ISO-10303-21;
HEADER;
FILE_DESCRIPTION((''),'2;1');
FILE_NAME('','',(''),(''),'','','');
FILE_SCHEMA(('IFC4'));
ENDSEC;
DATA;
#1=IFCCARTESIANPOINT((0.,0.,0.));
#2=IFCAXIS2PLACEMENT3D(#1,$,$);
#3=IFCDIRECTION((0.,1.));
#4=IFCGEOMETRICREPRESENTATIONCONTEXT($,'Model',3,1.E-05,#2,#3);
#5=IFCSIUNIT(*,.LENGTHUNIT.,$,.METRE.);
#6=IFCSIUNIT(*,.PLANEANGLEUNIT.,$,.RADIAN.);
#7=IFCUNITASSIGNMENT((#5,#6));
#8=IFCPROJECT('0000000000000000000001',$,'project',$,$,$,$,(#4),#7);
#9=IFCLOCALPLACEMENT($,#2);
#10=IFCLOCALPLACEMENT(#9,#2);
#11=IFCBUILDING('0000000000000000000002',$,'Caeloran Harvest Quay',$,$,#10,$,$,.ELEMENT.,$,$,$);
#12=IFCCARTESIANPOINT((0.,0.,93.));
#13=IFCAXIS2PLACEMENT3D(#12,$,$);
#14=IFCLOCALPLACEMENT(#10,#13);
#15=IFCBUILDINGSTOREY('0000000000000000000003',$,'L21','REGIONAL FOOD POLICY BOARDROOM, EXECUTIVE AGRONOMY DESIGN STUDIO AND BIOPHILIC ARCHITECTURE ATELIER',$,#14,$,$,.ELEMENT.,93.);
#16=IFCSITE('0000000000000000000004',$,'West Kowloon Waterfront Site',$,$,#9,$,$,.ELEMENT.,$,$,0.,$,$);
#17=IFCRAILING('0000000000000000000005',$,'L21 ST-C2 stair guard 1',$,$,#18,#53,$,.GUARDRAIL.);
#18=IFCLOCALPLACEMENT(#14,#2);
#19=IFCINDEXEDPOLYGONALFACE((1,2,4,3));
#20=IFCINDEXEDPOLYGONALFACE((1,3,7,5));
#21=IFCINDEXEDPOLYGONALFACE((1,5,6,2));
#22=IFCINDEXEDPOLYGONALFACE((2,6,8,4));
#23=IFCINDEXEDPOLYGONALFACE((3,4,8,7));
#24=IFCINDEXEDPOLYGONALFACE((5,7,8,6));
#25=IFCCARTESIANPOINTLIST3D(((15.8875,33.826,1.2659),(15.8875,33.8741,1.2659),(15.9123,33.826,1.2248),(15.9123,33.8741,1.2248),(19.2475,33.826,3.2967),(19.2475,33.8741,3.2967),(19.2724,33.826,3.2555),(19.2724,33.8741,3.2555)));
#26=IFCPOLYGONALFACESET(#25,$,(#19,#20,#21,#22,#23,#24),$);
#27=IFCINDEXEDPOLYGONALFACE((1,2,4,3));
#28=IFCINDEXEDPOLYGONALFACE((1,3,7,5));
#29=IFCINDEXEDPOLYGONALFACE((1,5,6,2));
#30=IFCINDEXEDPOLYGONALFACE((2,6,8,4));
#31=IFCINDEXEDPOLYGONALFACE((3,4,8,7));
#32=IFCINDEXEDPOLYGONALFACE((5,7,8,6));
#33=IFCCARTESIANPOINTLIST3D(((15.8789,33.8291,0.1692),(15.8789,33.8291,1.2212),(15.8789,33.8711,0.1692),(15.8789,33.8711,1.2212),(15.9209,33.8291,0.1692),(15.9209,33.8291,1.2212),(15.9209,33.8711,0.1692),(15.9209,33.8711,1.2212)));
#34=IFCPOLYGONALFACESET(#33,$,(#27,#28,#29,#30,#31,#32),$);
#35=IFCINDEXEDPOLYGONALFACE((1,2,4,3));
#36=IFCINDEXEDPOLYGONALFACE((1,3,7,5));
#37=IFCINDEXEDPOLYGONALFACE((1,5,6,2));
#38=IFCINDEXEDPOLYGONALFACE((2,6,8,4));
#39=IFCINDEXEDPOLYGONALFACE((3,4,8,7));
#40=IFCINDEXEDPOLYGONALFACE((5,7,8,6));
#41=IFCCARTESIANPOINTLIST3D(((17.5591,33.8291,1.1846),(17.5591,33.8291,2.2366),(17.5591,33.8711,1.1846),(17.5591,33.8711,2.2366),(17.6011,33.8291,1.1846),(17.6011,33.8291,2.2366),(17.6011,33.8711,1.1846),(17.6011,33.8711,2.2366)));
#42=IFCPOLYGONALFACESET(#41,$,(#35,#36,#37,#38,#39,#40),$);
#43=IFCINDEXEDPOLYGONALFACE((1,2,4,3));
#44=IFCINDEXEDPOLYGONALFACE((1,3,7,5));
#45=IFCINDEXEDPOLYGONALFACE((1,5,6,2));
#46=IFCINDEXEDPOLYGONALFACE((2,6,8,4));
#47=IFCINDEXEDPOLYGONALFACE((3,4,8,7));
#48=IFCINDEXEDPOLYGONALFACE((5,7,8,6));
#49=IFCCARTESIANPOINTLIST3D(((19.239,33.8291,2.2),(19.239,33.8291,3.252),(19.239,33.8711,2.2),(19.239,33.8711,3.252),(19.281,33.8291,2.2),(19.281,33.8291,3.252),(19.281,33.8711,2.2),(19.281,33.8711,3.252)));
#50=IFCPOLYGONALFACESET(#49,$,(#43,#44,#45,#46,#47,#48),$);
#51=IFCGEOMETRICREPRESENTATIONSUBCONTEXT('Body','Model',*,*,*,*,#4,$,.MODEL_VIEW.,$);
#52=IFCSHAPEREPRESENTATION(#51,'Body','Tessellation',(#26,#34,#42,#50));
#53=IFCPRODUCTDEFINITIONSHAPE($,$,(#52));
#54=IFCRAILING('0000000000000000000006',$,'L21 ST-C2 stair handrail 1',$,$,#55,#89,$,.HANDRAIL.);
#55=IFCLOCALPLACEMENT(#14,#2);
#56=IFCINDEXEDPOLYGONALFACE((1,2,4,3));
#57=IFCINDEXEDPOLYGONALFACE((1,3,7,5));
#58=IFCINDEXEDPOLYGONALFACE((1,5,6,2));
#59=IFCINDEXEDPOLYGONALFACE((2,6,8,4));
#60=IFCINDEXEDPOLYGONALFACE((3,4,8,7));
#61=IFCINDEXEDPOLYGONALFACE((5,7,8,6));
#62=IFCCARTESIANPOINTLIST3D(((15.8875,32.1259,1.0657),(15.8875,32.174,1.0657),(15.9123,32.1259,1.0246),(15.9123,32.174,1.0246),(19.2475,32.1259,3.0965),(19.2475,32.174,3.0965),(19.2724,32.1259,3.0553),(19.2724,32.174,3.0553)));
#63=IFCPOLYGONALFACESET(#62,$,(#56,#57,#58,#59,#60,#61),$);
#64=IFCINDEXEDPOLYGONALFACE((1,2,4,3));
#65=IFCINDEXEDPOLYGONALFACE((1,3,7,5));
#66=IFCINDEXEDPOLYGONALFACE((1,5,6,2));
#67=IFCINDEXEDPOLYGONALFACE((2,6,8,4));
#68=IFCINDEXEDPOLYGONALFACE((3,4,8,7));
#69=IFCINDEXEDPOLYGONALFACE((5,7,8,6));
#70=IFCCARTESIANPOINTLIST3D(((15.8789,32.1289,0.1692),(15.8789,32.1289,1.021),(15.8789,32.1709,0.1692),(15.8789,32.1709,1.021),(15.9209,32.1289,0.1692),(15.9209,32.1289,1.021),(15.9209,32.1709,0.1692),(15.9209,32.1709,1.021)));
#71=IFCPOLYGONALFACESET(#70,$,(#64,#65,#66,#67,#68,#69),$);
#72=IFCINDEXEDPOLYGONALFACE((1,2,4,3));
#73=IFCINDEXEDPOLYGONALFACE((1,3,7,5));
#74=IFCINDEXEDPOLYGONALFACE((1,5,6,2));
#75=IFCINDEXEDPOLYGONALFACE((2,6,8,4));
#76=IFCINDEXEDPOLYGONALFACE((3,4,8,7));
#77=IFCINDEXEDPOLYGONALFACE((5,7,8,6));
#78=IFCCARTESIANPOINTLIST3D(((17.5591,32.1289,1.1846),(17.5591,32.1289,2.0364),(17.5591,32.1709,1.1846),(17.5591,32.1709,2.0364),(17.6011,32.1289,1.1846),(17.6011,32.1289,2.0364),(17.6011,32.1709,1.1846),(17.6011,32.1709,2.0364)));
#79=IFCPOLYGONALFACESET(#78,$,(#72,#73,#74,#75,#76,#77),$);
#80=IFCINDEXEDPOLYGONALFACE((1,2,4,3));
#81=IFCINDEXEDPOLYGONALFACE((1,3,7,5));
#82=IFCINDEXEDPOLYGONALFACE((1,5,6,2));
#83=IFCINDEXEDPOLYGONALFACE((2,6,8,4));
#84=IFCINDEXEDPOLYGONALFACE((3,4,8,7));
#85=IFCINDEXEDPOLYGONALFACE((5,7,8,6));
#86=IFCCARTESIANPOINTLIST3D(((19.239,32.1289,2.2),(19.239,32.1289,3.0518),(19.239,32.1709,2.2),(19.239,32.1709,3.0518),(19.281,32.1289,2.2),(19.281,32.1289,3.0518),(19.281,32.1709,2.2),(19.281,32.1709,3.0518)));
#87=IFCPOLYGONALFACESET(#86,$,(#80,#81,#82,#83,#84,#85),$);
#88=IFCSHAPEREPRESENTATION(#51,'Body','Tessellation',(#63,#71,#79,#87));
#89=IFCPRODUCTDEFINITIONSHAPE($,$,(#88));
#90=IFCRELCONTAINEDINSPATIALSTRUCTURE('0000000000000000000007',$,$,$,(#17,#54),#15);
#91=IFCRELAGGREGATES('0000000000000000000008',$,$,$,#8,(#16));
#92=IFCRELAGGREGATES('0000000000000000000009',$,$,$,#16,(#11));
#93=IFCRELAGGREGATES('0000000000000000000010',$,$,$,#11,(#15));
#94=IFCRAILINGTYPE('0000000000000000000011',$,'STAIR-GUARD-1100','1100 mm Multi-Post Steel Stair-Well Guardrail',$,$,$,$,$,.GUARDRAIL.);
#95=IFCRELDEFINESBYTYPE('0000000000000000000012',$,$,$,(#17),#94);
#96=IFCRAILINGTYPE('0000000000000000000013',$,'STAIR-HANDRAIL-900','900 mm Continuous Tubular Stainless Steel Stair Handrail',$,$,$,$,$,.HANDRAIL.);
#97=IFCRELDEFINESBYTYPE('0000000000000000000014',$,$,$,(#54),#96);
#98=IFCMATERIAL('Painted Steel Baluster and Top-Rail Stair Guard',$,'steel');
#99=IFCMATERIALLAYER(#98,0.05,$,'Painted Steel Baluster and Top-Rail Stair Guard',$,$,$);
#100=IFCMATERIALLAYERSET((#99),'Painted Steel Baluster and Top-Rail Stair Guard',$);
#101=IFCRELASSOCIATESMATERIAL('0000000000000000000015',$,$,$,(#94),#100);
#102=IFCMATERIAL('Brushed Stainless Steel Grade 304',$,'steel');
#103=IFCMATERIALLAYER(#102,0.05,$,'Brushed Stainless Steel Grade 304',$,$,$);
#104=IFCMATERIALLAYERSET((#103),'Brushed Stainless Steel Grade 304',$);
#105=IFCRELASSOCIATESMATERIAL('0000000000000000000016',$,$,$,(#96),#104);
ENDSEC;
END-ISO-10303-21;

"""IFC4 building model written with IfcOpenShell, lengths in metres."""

from ifc_helpers import new_model, si_unit, direction, frame, origin, origin_2d, place, context, subcontext, project, spatial, rectangle, extrude, material, layer, layer_set, type_object, element, save


model = new_model("IFC4")

# Units and contexts
model_context = context("Model", 3, precision=1e-05, world=origin(), true_north=direction((0.0, 1.0)))
body_context = subcontext(model_context, "Body", "Model", "MODEL_VIEW")
ifc_project = project(units=[si_unit("LENGTHUNIT", "METRE"), si_unit("PLANEANGLEUNIT", "RADIAN")], contexts=[model_context])

# Site, building, storey
site_placement = place(None, origin())
site = spatial("IfcSite", under=ifc_project, at=site_placement, Name="West Kowloon Waterfront Site", CompositionType="ELEMENT", RefElevation=0.0)
building_placement = place(site_placement, origin())
building = spatial("IfcBuilding", under=site, at=building_placement, Name="Caeloran Harvest Quay", CompositionType="ELEMENT")
storey_placement = place(building_placement, frame((0.0, 0.0, 93.0)))
storey = spatial("IfcBuildingStorey", under=building, at=storey_placement, Name="L21", Description="REGIONAL FOOD POLICY BOARDROOM, EXECUTIVE AGRONOMY DESIGN STUDIO AND BIOPHILIC ARCHITECTURE ATELIER", CompositionType="ELEMENT", Elevation=93.0)

# Railings
ifc_material_1 = material(Name="Painted Steel Baluster and Top-Rail Stair Guard", Category="steel")
ifc_layer_1 = layer(ifc_material_1, 0.05, Name="Painted Steel Baluster and Top-Rail Stair Guard")
ifc_layer_set_1 = layer_set([ifc_layer_1], Name="Painted Steel Baluster and Top-Rail Stair Guard")
railing_type_1 = type_object("IfcRailingType", Name="STAIR-GUARD-1100", Description="1100 mm Multi-Post Steel Stair-Well Guardrail", PredefinedType="GUARDRAIL", material=ifc_layer_set_1)
railing_1_placement = place(storey_placement, frame((15.8999, 33.8501, 0.1692)))
element("IfcRailing", 1, at=railing_1_placement, inside=storey, type_object=railing_type_1, Name="L21 ST-C2 stair guard 1", PredefinedType="GUARDRAIL", context=body_context, shape_type="SweptSolid", body=[
    extrude(rectangle(XDim=0.0481, YDim=0.0481, at=origin_2d()), frame((0.0, 0.0, 1.0762), z_axis=(0.855837, 0.0, 0.517246), x_axis=(0.0, 1.0, 0.0)), (0.0, 0.0, 1.0), 3.926),
    extrude(rectangle(XDim=0.042, YDim=0.042, at=origin_2d()), origin(), (0.0, 0.0, 1.0), 1.052),
    extrude(rectangle(XDim=0.042, YDim=0.042, at=origin_2d()), frame((1.6802, 0.0, 1.0154)), (0.0, 0.0, 1.0), 1.052),
    extrude(rectangle(XDim=0.042, YDim=0.042, at=origin_2d()), frame((3.3601, 0.0, 2.0308)), (0.0, 0.0, 1.0), 1.052),
])
ifc_material_2 = material(Name="Brushed Stainless Steel Grade 304", Category="steel")
ifc_layer_2 = layer(ifc_material_2, 0.05, Name="Brushed Stainless Steel Grade 304")
ifc_layer_set_2 = layer_set([ifc_layer_2], Name="Brushed Stainless Steel Grade 304")
railing_type_2 = type_object("IfcRailingType", Name="STAIR-HANDRAIL-900", Description="900 mm Continuous Tubular Stainless Steel Stair Handrail", PredefinedType="HANDRAIL", material=ifc_layer_set_2)
railing_2_placement = place(storey_placement, frame((15.8999, 32.1499, 0.1692)))
element("IfcRailing", 2, at=railing_2_placement, inside=storey, type_object=railing_type_2, Name="L21 ST-C2 stair handrail 1", PredefinedType="HANDRAIL", context=body_context, shape_type="SweptSolid", body=[
    extrude(rectangle(XDim=0.0481, YDim=0.0481, at=origin_2d()), frame((0.0, 0.0, 0.876), z_axis=(0.855837, 0.0, 0.517246), x_axis=(0.0, 1.0, 0.0)), (0.0, 0.0, 1.0), 3.926),
    extrude(rectangle(XDim=0.042, YDim=0.042, at=origin_2d()), origin(), (0.0, 0.0, 1.0), 0.8518),
    extrude(rectangle(XDim=0.042, YDim=0.042, at=origin_2d()), frame((1.6802, 0.0, 1.0154)), (0.0, 0.0, 1.0), 0.8518),
    extrude(rectangle(XDim=0.042, YDim=0.042, at=origin_2d()), frame((3.3601, 0.0, 2.0308)), (0.0, 0.0, 1.0), 0.8518),
])

save(model, "model.ifc")
